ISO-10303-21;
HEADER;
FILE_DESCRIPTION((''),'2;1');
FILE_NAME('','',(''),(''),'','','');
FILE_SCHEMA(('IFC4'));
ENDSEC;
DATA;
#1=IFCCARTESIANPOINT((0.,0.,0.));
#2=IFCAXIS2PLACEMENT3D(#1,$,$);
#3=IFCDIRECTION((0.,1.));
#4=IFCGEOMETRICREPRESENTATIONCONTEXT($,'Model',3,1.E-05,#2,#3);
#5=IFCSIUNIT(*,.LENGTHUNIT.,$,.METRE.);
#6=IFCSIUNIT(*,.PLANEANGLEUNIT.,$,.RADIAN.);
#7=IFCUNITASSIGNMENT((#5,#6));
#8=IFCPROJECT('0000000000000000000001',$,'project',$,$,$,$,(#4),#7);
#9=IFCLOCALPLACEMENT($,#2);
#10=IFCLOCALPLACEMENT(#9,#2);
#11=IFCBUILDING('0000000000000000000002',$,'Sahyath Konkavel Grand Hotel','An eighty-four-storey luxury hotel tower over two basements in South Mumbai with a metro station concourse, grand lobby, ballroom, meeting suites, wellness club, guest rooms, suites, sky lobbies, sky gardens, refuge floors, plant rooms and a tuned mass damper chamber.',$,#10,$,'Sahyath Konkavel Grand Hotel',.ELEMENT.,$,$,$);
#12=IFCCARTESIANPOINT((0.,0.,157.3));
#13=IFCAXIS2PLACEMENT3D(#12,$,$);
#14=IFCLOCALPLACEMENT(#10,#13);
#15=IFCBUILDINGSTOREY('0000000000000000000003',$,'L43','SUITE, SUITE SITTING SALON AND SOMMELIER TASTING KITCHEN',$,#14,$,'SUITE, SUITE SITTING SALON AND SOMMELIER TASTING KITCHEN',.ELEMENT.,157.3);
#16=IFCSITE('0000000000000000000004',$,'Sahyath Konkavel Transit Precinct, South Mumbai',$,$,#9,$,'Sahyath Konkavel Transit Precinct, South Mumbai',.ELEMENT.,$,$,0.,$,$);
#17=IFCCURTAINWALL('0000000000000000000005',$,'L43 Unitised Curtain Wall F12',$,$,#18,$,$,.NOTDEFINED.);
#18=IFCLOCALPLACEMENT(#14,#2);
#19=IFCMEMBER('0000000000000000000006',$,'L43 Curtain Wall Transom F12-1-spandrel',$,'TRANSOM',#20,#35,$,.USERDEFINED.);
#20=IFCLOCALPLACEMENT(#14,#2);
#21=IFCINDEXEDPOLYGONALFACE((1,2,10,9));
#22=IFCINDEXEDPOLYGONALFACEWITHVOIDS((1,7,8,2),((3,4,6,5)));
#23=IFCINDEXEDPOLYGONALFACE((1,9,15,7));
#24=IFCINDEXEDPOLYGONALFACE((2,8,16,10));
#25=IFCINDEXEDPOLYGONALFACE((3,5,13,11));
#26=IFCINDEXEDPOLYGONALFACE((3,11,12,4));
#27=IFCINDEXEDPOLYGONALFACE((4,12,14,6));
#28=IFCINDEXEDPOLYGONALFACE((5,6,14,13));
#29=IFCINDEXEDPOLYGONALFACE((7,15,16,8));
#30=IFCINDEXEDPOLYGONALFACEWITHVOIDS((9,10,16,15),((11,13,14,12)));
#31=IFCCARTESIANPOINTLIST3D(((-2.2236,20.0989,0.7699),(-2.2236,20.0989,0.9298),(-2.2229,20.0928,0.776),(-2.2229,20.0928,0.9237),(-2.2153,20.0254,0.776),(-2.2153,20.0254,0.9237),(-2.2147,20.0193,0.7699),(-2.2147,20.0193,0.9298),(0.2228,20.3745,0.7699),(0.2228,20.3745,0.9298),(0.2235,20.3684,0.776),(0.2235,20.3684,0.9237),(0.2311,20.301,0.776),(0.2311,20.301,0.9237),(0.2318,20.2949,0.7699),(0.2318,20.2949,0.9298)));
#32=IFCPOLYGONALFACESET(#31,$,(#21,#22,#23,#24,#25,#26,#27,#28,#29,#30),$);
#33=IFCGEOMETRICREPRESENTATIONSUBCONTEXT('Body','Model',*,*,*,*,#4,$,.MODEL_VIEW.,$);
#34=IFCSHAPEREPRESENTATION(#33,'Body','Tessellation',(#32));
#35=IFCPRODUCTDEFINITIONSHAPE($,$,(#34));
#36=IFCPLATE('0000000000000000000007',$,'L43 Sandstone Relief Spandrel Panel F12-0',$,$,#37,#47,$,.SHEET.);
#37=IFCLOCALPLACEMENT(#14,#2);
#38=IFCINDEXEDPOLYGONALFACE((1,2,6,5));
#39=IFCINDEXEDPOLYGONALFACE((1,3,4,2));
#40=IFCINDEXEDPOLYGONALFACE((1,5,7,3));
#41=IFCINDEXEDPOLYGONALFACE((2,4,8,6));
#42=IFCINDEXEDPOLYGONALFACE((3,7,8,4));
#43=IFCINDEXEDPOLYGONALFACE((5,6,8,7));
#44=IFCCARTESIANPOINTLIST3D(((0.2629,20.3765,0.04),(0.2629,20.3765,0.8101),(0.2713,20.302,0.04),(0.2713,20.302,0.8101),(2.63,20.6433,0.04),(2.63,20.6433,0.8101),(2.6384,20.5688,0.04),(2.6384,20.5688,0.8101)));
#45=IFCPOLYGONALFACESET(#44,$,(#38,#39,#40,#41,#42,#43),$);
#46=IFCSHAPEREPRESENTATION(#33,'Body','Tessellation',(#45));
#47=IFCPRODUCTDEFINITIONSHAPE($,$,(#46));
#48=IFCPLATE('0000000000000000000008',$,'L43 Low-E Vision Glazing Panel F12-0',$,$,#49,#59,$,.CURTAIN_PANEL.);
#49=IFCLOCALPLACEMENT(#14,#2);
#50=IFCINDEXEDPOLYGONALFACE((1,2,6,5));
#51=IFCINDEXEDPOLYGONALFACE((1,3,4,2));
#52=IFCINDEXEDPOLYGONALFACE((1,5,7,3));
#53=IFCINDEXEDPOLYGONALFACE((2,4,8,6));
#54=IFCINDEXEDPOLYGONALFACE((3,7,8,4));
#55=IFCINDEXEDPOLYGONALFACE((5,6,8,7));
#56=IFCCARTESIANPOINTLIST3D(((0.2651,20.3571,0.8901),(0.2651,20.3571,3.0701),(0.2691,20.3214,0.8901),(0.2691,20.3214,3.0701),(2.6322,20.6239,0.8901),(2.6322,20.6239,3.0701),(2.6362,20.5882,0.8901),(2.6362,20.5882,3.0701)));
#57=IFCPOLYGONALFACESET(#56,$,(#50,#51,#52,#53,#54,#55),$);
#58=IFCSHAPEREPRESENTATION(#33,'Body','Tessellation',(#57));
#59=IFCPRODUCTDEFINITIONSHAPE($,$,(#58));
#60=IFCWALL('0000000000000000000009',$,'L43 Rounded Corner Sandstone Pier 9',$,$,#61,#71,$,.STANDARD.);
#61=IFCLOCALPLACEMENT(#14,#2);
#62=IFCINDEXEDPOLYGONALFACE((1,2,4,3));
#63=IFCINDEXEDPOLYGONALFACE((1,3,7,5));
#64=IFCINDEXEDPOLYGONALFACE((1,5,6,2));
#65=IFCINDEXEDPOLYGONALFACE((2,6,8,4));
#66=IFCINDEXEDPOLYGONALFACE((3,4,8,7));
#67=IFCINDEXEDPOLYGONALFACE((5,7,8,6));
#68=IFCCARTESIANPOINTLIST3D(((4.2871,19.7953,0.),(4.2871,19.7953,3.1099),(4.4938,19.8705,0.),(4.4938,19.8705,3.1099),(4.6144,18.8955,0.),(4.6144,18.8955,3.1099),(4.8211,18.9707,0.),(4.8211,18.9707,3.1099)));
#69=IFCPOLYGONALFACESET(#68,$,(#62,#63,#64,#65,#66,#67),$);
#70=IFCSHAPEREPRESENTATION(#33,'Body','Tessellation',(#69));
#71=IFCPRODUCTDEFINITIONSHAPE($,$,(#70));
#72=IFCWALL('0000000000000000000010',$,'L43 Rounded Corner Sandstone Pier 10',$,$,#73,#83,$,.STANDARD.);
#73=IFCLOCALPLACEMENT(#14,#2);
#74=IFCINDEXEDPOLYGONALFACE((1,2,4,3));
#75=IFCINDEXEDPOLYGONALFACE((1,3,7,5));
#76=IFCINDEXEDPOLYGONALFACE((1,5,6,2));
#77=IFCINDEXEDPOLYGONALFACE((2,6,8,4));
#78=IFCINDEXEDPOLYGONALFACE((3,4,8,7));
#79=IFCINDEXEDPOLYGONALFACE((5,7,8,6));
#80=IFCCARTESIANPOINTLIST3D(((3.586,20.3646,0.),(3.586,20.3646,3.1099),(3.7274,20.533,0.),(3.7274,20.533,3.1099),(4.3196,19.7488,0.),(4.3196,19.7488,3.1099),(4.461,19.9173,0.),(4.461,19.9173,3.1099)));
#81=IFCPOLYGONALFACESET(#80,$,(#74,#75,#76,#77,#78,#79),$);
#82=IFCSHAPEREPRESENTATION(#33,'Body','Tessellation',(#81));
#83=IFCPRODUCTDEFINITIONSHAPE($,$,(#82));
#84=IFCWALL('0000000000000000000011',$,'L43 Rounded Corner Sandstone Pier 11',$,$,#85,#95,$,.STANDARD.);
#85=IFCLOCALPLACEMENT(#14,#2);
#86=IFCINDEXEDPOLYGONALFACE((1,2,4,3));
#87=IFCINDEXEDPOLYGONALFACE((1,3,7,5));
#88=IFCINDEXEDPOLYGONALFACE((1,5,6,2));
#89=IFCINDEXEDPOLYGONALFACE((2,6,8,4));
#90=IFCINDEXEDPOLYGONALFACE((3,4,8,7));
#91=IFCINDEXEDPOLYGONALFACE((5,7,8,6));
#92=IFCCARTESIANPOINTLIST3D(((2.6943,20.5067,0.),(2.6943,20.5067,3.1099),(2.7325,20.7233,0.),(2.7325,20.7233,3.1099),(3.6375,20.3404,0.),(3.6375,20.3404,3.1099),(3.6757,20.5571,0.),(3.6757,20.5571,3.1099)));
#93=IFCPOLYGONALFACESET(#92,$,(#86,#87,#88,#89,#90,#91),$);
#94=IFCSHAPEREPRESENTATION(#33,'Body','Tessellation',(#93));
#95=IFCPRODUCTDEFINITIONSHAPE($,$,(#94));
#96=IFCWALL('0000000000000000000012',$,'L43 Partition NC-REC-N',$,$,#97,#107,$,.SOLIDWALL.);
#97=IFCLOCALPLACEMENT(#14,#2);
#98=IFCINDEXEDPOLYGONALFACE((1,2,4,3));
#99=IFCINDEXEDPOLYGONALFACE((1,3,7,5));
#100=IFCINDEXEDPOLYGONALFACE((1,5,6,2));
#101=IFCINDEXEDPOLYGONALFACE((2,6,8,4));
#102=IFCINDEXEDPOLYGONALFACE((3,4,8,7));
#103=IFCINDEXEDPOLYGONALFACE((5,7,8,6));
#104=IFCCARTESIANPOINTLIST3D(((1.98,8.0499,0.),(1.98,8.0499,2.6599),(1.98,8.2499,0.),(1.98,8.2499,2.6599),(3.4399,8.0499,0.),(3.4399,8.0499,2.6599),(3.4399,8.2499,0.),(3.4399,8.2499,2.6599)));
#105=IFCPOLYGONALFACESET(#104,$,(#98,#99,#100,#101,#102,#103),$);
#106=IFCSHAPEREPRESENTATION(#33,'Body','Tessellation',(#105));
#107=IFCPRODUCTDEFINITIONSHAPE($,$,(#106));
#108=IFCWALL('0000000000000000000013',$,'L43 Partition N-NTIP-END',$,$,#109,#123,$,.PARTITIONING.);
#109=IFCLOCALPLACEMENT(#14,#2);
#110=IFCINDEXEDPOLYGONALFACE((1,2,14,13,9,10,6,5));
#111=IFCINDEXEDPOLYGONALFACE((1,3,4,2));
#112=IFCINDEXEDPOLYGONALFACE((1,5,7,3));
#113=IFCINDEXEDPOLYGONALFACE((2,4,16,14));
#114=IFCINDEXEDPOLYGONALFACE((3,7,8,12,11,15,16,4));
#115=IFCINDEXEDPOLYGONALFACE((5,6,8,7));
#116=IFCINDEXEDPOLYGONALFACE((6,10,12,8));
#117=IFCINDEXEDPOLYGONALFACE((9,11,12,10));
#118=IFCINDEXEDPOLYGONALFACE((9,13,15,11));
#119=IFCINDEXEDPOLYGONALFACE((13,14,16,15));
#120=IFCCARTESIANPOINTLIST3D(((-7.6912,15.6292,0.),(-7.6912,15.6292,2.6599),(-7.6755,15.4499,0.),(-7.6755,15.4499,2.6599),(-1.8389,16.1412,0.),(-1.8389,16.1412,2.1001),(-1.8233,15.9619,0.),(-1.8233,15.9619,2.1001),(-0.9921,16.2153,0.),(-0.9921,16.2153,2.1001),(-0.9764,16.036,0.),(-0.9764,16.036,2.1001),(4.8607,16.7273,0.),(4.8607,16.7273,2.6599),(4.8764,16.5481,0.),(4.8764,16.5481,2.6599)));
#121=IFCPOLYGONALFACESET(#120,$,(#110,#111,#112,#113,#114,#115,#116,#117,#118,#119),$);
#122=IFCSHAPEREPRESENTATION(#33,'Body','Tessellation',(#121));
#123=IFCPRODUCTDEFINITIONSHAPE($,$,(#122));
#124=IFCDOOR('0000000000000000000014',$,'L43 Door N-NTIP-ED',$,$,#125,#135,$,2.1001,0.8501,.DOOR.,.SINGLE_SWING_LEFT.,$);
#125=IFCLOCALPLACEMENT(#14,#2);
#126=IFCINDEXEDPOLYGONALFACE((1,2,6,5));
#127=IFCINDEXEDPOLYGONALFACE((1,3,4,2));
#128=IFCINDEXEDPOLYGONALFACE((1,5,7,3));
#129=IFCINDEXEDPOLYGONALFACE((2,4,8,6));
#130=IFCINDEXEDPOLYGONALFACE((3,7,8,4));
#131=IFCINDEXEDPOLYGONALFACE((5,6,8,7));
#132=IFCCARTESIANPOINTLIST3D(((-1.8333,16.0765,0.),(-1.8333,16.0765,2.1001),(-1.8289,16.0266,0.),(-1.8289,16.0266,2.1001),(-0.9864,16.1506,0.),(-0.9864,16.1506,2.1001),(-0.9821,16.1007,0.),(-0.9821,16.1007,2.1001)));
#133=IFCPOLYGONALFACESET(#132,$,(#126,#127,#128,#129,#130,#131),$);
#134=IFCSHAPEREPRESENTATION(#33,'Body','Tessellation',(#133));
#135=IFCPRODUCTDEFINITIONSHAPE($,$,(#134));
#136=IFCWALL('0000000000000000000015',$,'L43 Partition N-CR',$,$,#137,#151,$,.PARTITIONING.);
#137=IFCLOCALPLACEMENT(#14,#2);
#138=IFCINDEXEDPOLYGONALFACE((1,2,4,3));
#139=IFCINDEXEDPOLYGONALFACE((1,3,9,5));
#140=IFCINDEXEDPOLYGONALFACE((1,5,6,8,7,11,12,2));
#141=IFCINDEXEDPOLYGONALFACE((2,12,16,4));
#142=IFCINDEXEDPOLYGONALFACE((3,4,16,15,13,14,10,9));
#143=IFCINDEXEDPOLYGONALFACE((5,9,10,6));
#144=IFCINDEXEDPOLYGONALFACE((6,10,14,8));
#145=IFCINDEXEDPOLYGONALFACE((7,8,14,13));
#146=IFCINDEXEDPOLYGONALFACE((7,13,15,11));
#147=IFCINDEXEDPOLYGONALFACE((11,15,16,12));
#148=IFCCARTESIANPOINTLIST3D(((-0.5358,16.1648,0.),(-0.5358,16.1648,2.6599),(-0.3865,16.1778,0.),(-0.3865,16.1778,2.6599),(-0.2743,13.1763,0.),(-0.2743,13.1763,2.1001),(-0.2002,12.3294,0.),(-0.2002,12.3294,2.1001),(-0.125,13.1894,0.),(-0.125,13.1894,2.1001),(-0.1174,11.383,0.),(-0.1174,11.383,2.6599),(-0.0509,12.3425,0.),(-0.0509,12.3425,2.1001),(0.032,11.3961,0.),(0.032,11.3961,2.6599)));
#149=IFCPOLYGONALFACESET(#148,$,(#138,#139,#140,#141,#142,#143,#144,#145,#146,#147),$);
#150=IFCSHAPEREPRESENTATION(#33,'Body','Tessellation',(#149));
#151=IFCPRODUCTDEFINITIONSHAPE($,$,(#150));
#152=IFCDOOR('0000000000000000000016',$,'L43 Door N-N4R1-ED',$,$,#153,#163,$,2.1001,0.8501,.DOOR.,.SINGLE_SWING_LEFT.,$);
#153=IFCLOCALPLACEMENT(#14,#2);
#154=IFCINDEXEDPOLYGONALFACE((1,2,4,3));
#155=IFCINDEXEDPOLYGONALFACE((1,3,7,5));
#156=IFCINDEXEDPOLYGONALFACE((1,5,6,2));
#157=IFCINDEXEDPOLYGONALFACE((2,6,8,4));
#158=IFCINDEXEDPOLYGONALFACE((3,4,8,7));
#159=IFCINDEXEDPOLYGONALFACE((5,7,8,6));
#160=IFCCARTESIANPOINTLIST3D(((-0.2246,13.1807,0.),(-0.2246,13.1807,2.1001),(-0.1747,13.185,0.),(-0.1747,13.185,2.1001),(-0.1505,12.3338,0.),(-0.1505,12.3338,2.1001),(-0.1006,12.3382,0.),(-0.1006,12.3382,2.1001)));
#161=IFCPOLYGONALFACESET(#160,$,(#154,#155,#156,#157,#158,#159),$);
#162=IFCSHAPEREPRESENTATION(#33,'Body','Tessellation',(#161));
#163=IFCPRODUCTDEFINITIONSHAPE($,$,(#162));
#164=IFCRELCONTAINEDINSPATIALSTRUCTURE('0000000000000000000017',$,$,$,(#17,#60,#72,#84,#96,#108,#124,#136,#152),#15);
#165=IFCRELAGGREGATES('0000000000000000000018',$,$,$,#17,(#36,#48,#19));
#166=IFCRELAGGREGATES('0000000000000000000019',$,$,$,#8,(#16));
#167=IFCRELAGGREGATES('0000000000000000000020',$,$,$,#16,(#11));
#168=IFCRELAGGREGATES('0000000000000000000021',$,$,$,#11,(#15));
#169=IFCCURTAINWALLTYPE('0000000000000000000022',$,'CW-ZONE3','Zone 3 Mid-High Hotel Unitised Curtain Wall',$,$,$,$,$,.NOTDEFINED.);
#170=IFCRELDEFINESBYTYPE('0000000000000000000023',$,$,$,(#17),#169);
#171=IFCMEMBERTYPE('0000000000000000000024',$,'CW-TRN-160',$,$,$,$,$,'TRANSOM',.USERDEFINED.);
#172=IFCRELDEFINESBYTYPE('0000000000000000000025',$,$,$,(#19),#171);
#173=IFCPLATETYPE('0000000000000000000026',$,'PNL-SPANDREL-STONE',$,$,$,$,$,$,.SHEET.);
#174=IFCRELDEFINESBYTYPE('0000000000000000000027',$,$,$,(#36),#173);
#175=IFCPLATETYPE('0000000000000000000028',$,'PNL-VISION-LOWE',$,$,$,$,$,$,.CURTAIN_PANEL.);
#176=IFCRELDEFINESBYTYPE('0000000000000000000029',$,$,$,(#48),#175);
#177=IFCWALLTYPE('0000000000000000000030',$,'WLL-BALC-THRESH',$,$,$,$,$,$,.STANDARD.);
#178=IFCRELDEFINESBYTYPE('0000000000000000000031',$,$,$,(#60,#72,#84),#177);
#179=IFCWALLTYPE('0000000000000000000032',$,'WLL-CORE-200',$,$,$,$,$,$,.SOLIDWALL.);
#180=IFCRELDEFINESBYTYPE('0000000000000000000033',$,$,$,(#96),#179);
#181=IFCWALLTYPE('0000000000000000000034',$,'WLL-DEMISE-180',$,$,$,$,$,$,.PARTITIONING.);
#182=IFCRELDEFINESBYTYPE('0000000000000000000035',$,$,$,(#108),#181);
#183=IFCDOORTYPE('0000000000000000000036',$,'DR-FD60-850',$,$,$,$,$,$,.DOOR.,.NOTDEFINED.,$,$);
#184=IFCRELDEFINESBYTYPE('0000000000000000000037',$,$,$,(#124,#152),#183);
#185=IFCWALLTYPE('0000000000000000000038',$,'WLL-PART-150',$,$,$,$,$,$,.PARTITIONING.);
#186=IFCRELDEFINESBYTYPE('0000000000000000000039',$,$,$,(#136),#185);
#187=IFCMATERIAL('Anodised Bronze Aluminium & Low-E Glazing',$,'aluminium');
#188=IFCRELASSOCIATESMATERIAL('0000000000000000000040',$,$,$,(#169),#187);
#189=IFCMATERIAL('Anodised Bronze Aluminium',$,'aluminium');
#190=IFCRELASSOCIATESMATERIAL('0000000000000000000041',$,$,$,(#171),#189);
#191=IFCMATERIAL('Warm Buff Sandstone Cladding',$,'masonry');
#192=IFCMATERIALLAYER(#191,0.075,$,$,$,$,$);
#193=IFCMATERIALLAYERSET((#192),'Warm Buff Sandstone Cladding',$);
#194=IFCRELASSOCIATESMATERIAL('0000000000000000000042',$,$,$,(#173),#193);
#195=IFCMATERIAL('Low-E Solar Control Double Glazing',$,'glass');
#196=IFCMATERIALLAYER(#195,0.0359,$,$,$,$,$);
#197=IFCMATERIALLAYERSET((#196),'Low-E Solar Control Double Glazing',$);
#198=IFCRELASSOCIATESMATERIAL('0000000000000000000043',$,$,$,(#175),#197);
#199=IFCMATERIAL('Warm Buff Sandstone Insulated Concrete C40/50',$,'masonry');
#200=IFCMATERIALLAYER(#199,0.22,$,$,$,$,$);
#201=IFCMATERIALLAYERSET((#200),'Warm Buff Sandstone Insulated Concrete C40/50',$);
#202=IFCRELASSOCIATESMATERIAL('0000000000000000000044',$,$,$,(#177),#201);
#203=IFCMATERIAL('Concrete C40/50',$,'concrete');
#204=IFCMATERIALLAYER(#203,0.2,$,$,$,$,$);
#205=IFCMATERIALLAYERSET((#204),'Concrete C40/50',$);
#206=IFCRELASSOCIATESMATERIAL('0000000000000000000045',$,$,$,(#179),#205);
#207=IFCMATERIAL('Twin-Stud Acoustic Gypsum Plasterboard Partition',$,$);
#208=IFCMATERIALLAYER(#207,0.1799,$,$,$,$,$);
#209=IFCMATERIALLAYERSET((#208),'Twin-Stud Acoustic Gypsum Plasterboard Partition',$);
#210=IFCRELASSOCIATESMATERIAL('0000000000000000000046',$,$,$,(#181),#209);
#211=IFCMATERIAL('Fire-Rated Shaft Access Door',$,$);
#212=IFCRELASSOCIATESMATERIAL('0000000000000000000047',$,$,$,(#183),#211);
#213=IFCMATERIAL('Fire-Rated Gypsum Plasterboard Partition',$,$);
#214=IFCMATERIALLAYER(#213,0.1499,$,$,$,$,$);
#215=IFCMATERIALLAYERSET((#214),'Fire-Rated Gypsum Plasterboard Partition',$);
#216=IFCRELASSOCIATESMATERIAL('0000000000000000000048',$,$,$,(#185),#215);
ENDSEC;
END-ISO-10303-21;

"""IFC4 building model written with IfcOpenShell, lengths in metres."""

from ifc_helpers import new_model, si_unit, direction, frame, frame_2d, origin, origin_2d, place, context, subcontext, project, spatial, rectangle, hollow_rectangle, extrude, source, transform, mapped, material, layer, layer_set, material_profile, profile_set, type_object, element, fill, aggregate, save


model = new_model("IFC4")

# Units and contexts
model_context = context("Model", 3, precision=1e-05, world=origin(), true_north=direction((0.0, 1.0)))
body_context = subcontext(model_context, "Body", "Model", "MODEL_VIEW")
ifc_project = project(units=[si_unit("LENGTHUNIT", "METRE"), si_unit("PLANEANGLEUNIT", "RADIAN")], contexts=[model_context])

# Site, building, storey
site_placement = place(None, origin())
site = spatial("IfcSite", under=ifc_project, at=site_placement, Name="Sahyath Konkavel Transit Precinct, South Mumbai", LongName="Sahyath Konkavel Transit Precinct, South Mumbai", CompositionType="ELEMENT", RefElevation=0.0)
building_placement = place(site_placement, origin())
building = spatial("IfcBuilding", under=site, at=building_placement, Name="Sahyath Konkavel Grand Hotel", Description="An eighty-four-storey luxury hotel tower over two basements in South Mumbai with a metro station concourse, grand lobby, ballroom, meeting suites, wellness club, guest rooms, suites, sky lobbies, sky gardens, refuge floors, plant rooms and a tuned mass damper chamber.", LongName="Sahyath Konkavel Grand Hotel", CompositionType="ELEMENT")
storey_placement = place(building_placement, frame((0.0, 0.0, 157.3)))
storey = spatial("IfcBuildingStorey", under=building, at=storey_placement, Name="L43", Description="SUITE, SUITE SITTING SALON AND SOMMELIER TASTING KITCHEN", LongName="SUITE, SUITE SITTING SALON AND SOMMELIER TASTING KITCHEN", CompositionType="ELEMENT", Elevation=157.3)

# Shared definitions
ifc_material_1 = material(Name="Concrete C40/50", Category="concrete")

# Shared definitions
ifc_material_2 = material(Name="Anodised Bronze Aluminium & Low-E Glazing", Category="aluminium")
curtain_wall_type = type_object("IfcCurtainWallType", Name="CW-ZONE3", Description="Zone 3 Mid-High Hotel Unitised Curtain Wall", PredefinedType="NOTDEFINED", material=ifc_material_2)
ifc_material_3 = material(Name="Anodised Bronze Aluminium", Category="aluminium")

# Curtain wall, member, plates
curtain_wall_1_placement = place(storey_placement, origin())
curtain_wall_1 = element("IfcCurtainWall", 1, at=curtain_wall_1_placement, inside=storey, type_object=curtain_wall_type, Name="L43 Unitised Curtain Wall F12", PredefinedType="NOTDEFINED")
ifc_material_profile_1 = material_profile(ifc_material_3, hollow_rectangle(XDim=0.0801, YDim=0.1599, WallThickness=0.0061, at=origin_2d()), Name="RHS 160x80x6")
ifc_profile_set_1 = profile_set([ifc_material_profile_1], Name="Anodised Bronze Aluminium")
member_type_1 = type_object("IfcMemberType", Name="CW-TRN-160", ElementType="TRANSOM", PredefinedType="USERDEFINED", material=ifc_profile_set_1)
shared_shape_1 = source(origin(), body_context, "Body", "SweptSolid", [
    extrude(hollow_rectangle(XDim=0.0801, YDim=0.1599, WallThickness=0.0061, at=origin_2d()), origin(), (0.0, 0.0, 1.0), 2.4619),
])
member_1_placement = place(storey_placement, frame((0.2273, 20.3347, 0.8499), z_axis=(-0.993713, -0.111955, 0.0), x_axis=(0.111955, -0.993713, 0.0)))
member_1 = element("IfcMember", 2, at=member_1_placement, type_object=member_type_1, Name="L43 Curtain Wall Transom F12-1-spandrel", ObjectType="TRANSOM", PredefinedType="USERDEFINED", context=body_context, shape_type="MappedRepresentation", body=[
    mapped(shared_shape_1, transform((0.0, 0.0, 0.0), scale=1.0)),
])
ifc_material_4 = material(Name="Warm Buff Sandstone Cladding", Category="masonry")
ifc_layer_1 = layer(ifc_material_4, 0.075)
ifc_layer_set_1 = layer_set([ifc_layer_1], Name="Warm Buff Sandstone Cladding")
plate_type_1 = type_object("IfcPlateType", Name="PNL-SPANDREL-STONE", PredefinedType="SHEET", material=ifc_layer_set_1)
shared_shape_2 = source(origin(), body_context, "Body", "SweptSolid", [
    extrude(rectangle(XDim=2.3821, YDim=0.075, at=origin_2d()), origin(), (0.0, 0.0, 1.0), 0.77),
])
plate_1_placement = place(storey_placement, frame((1.4507, 20.4727, 0.04), z_axis=(0.0, 0.0, 1.0), x_axis=(-0.993707, -0.112007, 0.0)))
plate_1 = element("IfcPlate", 3, at=plate_1_placement, type_object=plate_type_1, Name="L43 Sandstone Relief Spandrel Panel F12-0", PredefinedType="SHEET", context=body_context, shape_type="MappedRepresentation", body=[
    mapped(shared_shape_2, transform((0.0, 0.0, 0.0), scale=1.0)),
])
ifc_material_5 = material(Name="Low-E Solar Control Double Glazing", Category="glass")
ifc_layer_2 = layer(ifc_material_5, 0.0359)
ifc_layer_set_2 = layer_set([ifc_layer_2], Name="Low-E Solar Control Double Glazing")
plate_type_2 = type_object("IfcPlateType", Name="PNL-VISION-LOWE", PredefinedType="CURTAIN_PANEL", material=ifc_layer_set_2)
shared_shape_3 = source(origin(), body_context, "Body", "SweptSolid", [
    extrude(rectangle(XDim=2.3821, YDim=0.0359, at=origin_2d()), origin(), (0.0, 0.0, 1.0), 2.1799),
])
plate_2_placement = place(storey_placement, frame((1.4507, 20.4727, 0.8901), z_axis=(0.0, 0.0, 1.0), x_axis=(-0.993707, -0.112007, 0.0)))
plate_2 = element("IfcPlate", 4, at=plate_2_placement, type_object=plate_type_2, Name="L43 Low-E Vision Glazing Panel F12-0", PredefinedType="CURTAIN_PANEL", context=body_context, shape_type="MappedRepresentation", body=[
    mapped(shared_shape_3, transform((0.0, 0.0, 0.0), scale=1.0)),
])
aggregate(curtain_wall_1, [plate_1, plate_2, member_1])

# Walls
ifc_material_6 = material(Name="Warm Buff Sandstone Insulated Concrete C40/50", Category="masonry")
ifc_layer_3 = layer(ifc_material_6, 0.22)
ifc_layer_set_3 = layer_set([ifc_layer_3], Name="Warm Buff Sandstone Insulated Concrete C40/50")
wall_type_1 = type_object("IfcWallType", Name="WLL-BALC-THRESH", PredefinedType="STANDARD", material=ifc_layer_set_3)
wall_1_placement = place(storey_placement, frame((4.7178, 18.9331, 0.0), z_axis=(0.0, 0.0, 1.0), x_axis=(-0.341886, 0.939741, 0.0)))
element("IfcWall", 5, at=wall_1_placement, inside=storey, type_object=wall_type_1, Name="L43 Rounded Corner Sandstone Pier 9", PredefinedType="STANDARD", context=body_context, shape_type="SweptSolid", body=[
    extrude(rectangle(XDim=0.9575, YDim=0.22, at=frame_2d((0.4788, 0.0))), origin(), (0.0, 0.0, 1.0), 3.1099),
])
for number, where, z_axis, x_axis, name in (
    (6, (4.3904, 19.833, 0.0), (0.0, 0.0, 1.0), (-0.765981, 0.642863, 0.0), "L43 Rounded Corner Sandstone Pier 10"),
    (7, (3.6567, 20.4487, 0.0), (0.0, 0.0, 1.0), (-0.984814, 0.173611, 0.0), "L43 Rounded Corner Sandstone Pier 11"),
):
    element("IfcWall", number, at=place(storey_placement, frame(where, z_axis=z_axis, x_axis=x_axis)), inside=storey, type_object=wall_type_1, Name=name, PredefinedType="STANDARD", context=body_context, shape_type="SweptSolid", body=[
        extrude(rectangle(XDim=0.9578, YDim=0.22, at=frame_2d((0.479, 0.0))), origin(), (0.0, 0.0, 1.0), 3.1099),
    ])
ifc_layer_4 = layer(ifc_material_1, 0.2)
ifc_layer_set_4 = layer_set([ifc_layer_4], Name="Concrete C40/50")
wall_type_2 = type_object("IfcWallType", Name="WLL-CORE-200", PredefinedType="SOLIDWALL", material=ifc_layer_set_4)
wall_2_placement = place(storey_placement, frame((1.98, 8.1499, 0.0), z_axis=(0.0, 0.0, 1.0), x_axis=(1.0, 0.0, 0.0)))
element("IfcWall", 8, at=wall_2_placement, inside=storey, type_object=wall_type_2, Name="L43 Partition NC-REC-N", PredefinedType="SOLIDWALL", context=body_context, shape_type="SweptSolid", body=[
    extrude(rectangle(XDim=1.46, YDim=0.2, at=frame_2d((0.73, 0.0))), origin(), (0.0, 0.0, 1.0), 2.6599),
])

# Walls, openings, doors
ifc_material_7 = material(Name="Twin-Stud Acoustic Gypsum Plasterboard Partition")
ifc_layer_5 = layer(ifc_material_7, 0.1799)
ifc_layer_set_5 = layer_set([ifc_layer_5], Name="Twin-Stud Acoustic Gypsum Plasterboard Partition")
wall_type_3 = type_object("IfcWallType", Name="WLL-DEMISE-180", PredefinedType="PARTITIONING", material=ifc_layer_set_5)
wall_3_placement = place(storey_placement, frame((4.8684, 16.6377, 0.0), z_axis=(0.0, 0.0, 1.0), x_axis=(-0.996195, -0.087155, 0.0)))
wall_3 = element("IfcWall", 9, at=wall_3_placement, inside=storey, type_object=wall_type_3, Name="L43 Partition N-NTIP-END", PredefinedType="PARTITIONING", context=body_context, shape_type="SweptSolid", body=[
    extrude(rectangle(XDim=12.5999, YDim=0.1799, at=frame_2d((6.2998, 0.0))), origin(), (0.0, 0.0, 1.0), 2.6599),
])
opening_1_placement = place(wall_3_placement, frame((5.875, 0.0, 0.0)))
opening_1 = element("IfcOpeningElement", 10, at=opening_1_placement, cuts=wall_3, PredefinedType="OPENING", context=body_context, shape_type="SweptSolid", body=[
    extrude(rectangle(XDim=0.8501, YDim=2.1001, at=frame_2d((0.425, 1.05))), frame((0.0, 0.1001, 0.0), z_axis=(0.0, -1.0, 0.0), x_axis=(1.0, 0.0, 0.0)), (0.0, 0.0, 1.0), 0.2),
])
ifc_material_8 = material(Name="Fire-Rated Shaft Access Door")
door_type_1 = type_object("IfcDoorType", Name="DR-FD60-850", OperationType="NOTDEFINED", PredefinedType="DOOR", material=ifc_material_8)
shared_shape_4 = source(origin(), body_context, "Body", "SweptSolid", [
    extrude(rectangle(XDim=0.8501, YDim=0.05, at=origin_2d()), origin(), (0.0, 0.0, 1.0), 2.1001),
])
door_1_placement = place(opening_1_placement, frame((0.425, 0.0, 0.0)))
door_1 = element("IfcDoor", 11, at=door_1_placement, inside=storey, type_object=door_type_1, Name="L43 Door N-NTIP-ED", OperationType="SINGLE_SWING_LEFT", OverallHeight=2.1001, OverallWidth=0.8501, PredefinedType="DOOR", context=body_context, shape_type="MappedRepresentation", body=[
    mapped(shared_shape_4, transform((0.0, 0.0, 0.0), scale=1.0)),
])
fill(opening_1, door_1)
ifc_material_9 = material(Name="Fire-Rated Gypsum Plasterboard Partition")
ifc_layer_6 = layer(ifc_material_9, 0.1499)
ifc_layer_set_6 = layer_set([ifc_layer_6], Name="Fire-Rated Gypsum Plasterboard Partition")
wall_type_4 = type_object("IfcWallType", Name="WLL-PART-150", PredefinedType="PARTITIONING", material=ifc_layer_set_6)
wall_4_placement = place(storey_placement, frame((-0.0427, 11.3896, 0.0), z_axis=(0.0, 0.0, 1.0), x_axis=(-0.087178, 0.996193, 0.0)))
wall_4 = element("IfcWall", 12, at=wall_4_placement, inside=storey, type_object=wall_type_4, Name="L43 Partition N-CR", PredefinedType="PARTITIONING", context=body_context, shape_type="SweptSolid", body=[
    extrude(rectangle(XDim=4.8, YDim=0.1499, at=frame_2d((2.3999, 0.0))), origin(), (0.0, 0.0, 1.0), 2.6599),
])
opening_2_placement = place(wall_4_placement, frame((0.95, 0.0, 0.0)))
opening_2 = element("IfcOpeningElement", 13, at=opening_2_placement, cuts=wall_4, PredefinedType="OPENING", context=body_context, shape_type="SweptSolid", body=[
    extrude(rectangle(XDim=0.8501, YDim=2.1001, at=frame_2d((0.425, 1.05))), frame((0.0, 0.085, 0.0), z_axis=(0.0, -1.0, 0.0), x_axis=(1.0, 0.0, 0.0)), (0.0, 0.0, 1.0), 0.1699),
])
door_2_placement = place(opening_2_placement, frame((0.425, 0.0, 0.0)))
door_2 = element("IfcDoor", 14, at=door_2_placement, inside=storey, type_object=door_type_1, Name="L43 Door N-N4R1-ED", OperationType="SINGLE_SWING_LEFT", OverallHeight=2.1001, OverallWidth=0.8501, PredefinedType="DOOR", context=body_context, shape_type="MappedRepresentation", body=[
    mapped(shared_shape_4, transform((0.0, 0.0, 0.0), scale=1.0)),
])
fill(opening_2, door_2)

save(model, "model.ifc")
